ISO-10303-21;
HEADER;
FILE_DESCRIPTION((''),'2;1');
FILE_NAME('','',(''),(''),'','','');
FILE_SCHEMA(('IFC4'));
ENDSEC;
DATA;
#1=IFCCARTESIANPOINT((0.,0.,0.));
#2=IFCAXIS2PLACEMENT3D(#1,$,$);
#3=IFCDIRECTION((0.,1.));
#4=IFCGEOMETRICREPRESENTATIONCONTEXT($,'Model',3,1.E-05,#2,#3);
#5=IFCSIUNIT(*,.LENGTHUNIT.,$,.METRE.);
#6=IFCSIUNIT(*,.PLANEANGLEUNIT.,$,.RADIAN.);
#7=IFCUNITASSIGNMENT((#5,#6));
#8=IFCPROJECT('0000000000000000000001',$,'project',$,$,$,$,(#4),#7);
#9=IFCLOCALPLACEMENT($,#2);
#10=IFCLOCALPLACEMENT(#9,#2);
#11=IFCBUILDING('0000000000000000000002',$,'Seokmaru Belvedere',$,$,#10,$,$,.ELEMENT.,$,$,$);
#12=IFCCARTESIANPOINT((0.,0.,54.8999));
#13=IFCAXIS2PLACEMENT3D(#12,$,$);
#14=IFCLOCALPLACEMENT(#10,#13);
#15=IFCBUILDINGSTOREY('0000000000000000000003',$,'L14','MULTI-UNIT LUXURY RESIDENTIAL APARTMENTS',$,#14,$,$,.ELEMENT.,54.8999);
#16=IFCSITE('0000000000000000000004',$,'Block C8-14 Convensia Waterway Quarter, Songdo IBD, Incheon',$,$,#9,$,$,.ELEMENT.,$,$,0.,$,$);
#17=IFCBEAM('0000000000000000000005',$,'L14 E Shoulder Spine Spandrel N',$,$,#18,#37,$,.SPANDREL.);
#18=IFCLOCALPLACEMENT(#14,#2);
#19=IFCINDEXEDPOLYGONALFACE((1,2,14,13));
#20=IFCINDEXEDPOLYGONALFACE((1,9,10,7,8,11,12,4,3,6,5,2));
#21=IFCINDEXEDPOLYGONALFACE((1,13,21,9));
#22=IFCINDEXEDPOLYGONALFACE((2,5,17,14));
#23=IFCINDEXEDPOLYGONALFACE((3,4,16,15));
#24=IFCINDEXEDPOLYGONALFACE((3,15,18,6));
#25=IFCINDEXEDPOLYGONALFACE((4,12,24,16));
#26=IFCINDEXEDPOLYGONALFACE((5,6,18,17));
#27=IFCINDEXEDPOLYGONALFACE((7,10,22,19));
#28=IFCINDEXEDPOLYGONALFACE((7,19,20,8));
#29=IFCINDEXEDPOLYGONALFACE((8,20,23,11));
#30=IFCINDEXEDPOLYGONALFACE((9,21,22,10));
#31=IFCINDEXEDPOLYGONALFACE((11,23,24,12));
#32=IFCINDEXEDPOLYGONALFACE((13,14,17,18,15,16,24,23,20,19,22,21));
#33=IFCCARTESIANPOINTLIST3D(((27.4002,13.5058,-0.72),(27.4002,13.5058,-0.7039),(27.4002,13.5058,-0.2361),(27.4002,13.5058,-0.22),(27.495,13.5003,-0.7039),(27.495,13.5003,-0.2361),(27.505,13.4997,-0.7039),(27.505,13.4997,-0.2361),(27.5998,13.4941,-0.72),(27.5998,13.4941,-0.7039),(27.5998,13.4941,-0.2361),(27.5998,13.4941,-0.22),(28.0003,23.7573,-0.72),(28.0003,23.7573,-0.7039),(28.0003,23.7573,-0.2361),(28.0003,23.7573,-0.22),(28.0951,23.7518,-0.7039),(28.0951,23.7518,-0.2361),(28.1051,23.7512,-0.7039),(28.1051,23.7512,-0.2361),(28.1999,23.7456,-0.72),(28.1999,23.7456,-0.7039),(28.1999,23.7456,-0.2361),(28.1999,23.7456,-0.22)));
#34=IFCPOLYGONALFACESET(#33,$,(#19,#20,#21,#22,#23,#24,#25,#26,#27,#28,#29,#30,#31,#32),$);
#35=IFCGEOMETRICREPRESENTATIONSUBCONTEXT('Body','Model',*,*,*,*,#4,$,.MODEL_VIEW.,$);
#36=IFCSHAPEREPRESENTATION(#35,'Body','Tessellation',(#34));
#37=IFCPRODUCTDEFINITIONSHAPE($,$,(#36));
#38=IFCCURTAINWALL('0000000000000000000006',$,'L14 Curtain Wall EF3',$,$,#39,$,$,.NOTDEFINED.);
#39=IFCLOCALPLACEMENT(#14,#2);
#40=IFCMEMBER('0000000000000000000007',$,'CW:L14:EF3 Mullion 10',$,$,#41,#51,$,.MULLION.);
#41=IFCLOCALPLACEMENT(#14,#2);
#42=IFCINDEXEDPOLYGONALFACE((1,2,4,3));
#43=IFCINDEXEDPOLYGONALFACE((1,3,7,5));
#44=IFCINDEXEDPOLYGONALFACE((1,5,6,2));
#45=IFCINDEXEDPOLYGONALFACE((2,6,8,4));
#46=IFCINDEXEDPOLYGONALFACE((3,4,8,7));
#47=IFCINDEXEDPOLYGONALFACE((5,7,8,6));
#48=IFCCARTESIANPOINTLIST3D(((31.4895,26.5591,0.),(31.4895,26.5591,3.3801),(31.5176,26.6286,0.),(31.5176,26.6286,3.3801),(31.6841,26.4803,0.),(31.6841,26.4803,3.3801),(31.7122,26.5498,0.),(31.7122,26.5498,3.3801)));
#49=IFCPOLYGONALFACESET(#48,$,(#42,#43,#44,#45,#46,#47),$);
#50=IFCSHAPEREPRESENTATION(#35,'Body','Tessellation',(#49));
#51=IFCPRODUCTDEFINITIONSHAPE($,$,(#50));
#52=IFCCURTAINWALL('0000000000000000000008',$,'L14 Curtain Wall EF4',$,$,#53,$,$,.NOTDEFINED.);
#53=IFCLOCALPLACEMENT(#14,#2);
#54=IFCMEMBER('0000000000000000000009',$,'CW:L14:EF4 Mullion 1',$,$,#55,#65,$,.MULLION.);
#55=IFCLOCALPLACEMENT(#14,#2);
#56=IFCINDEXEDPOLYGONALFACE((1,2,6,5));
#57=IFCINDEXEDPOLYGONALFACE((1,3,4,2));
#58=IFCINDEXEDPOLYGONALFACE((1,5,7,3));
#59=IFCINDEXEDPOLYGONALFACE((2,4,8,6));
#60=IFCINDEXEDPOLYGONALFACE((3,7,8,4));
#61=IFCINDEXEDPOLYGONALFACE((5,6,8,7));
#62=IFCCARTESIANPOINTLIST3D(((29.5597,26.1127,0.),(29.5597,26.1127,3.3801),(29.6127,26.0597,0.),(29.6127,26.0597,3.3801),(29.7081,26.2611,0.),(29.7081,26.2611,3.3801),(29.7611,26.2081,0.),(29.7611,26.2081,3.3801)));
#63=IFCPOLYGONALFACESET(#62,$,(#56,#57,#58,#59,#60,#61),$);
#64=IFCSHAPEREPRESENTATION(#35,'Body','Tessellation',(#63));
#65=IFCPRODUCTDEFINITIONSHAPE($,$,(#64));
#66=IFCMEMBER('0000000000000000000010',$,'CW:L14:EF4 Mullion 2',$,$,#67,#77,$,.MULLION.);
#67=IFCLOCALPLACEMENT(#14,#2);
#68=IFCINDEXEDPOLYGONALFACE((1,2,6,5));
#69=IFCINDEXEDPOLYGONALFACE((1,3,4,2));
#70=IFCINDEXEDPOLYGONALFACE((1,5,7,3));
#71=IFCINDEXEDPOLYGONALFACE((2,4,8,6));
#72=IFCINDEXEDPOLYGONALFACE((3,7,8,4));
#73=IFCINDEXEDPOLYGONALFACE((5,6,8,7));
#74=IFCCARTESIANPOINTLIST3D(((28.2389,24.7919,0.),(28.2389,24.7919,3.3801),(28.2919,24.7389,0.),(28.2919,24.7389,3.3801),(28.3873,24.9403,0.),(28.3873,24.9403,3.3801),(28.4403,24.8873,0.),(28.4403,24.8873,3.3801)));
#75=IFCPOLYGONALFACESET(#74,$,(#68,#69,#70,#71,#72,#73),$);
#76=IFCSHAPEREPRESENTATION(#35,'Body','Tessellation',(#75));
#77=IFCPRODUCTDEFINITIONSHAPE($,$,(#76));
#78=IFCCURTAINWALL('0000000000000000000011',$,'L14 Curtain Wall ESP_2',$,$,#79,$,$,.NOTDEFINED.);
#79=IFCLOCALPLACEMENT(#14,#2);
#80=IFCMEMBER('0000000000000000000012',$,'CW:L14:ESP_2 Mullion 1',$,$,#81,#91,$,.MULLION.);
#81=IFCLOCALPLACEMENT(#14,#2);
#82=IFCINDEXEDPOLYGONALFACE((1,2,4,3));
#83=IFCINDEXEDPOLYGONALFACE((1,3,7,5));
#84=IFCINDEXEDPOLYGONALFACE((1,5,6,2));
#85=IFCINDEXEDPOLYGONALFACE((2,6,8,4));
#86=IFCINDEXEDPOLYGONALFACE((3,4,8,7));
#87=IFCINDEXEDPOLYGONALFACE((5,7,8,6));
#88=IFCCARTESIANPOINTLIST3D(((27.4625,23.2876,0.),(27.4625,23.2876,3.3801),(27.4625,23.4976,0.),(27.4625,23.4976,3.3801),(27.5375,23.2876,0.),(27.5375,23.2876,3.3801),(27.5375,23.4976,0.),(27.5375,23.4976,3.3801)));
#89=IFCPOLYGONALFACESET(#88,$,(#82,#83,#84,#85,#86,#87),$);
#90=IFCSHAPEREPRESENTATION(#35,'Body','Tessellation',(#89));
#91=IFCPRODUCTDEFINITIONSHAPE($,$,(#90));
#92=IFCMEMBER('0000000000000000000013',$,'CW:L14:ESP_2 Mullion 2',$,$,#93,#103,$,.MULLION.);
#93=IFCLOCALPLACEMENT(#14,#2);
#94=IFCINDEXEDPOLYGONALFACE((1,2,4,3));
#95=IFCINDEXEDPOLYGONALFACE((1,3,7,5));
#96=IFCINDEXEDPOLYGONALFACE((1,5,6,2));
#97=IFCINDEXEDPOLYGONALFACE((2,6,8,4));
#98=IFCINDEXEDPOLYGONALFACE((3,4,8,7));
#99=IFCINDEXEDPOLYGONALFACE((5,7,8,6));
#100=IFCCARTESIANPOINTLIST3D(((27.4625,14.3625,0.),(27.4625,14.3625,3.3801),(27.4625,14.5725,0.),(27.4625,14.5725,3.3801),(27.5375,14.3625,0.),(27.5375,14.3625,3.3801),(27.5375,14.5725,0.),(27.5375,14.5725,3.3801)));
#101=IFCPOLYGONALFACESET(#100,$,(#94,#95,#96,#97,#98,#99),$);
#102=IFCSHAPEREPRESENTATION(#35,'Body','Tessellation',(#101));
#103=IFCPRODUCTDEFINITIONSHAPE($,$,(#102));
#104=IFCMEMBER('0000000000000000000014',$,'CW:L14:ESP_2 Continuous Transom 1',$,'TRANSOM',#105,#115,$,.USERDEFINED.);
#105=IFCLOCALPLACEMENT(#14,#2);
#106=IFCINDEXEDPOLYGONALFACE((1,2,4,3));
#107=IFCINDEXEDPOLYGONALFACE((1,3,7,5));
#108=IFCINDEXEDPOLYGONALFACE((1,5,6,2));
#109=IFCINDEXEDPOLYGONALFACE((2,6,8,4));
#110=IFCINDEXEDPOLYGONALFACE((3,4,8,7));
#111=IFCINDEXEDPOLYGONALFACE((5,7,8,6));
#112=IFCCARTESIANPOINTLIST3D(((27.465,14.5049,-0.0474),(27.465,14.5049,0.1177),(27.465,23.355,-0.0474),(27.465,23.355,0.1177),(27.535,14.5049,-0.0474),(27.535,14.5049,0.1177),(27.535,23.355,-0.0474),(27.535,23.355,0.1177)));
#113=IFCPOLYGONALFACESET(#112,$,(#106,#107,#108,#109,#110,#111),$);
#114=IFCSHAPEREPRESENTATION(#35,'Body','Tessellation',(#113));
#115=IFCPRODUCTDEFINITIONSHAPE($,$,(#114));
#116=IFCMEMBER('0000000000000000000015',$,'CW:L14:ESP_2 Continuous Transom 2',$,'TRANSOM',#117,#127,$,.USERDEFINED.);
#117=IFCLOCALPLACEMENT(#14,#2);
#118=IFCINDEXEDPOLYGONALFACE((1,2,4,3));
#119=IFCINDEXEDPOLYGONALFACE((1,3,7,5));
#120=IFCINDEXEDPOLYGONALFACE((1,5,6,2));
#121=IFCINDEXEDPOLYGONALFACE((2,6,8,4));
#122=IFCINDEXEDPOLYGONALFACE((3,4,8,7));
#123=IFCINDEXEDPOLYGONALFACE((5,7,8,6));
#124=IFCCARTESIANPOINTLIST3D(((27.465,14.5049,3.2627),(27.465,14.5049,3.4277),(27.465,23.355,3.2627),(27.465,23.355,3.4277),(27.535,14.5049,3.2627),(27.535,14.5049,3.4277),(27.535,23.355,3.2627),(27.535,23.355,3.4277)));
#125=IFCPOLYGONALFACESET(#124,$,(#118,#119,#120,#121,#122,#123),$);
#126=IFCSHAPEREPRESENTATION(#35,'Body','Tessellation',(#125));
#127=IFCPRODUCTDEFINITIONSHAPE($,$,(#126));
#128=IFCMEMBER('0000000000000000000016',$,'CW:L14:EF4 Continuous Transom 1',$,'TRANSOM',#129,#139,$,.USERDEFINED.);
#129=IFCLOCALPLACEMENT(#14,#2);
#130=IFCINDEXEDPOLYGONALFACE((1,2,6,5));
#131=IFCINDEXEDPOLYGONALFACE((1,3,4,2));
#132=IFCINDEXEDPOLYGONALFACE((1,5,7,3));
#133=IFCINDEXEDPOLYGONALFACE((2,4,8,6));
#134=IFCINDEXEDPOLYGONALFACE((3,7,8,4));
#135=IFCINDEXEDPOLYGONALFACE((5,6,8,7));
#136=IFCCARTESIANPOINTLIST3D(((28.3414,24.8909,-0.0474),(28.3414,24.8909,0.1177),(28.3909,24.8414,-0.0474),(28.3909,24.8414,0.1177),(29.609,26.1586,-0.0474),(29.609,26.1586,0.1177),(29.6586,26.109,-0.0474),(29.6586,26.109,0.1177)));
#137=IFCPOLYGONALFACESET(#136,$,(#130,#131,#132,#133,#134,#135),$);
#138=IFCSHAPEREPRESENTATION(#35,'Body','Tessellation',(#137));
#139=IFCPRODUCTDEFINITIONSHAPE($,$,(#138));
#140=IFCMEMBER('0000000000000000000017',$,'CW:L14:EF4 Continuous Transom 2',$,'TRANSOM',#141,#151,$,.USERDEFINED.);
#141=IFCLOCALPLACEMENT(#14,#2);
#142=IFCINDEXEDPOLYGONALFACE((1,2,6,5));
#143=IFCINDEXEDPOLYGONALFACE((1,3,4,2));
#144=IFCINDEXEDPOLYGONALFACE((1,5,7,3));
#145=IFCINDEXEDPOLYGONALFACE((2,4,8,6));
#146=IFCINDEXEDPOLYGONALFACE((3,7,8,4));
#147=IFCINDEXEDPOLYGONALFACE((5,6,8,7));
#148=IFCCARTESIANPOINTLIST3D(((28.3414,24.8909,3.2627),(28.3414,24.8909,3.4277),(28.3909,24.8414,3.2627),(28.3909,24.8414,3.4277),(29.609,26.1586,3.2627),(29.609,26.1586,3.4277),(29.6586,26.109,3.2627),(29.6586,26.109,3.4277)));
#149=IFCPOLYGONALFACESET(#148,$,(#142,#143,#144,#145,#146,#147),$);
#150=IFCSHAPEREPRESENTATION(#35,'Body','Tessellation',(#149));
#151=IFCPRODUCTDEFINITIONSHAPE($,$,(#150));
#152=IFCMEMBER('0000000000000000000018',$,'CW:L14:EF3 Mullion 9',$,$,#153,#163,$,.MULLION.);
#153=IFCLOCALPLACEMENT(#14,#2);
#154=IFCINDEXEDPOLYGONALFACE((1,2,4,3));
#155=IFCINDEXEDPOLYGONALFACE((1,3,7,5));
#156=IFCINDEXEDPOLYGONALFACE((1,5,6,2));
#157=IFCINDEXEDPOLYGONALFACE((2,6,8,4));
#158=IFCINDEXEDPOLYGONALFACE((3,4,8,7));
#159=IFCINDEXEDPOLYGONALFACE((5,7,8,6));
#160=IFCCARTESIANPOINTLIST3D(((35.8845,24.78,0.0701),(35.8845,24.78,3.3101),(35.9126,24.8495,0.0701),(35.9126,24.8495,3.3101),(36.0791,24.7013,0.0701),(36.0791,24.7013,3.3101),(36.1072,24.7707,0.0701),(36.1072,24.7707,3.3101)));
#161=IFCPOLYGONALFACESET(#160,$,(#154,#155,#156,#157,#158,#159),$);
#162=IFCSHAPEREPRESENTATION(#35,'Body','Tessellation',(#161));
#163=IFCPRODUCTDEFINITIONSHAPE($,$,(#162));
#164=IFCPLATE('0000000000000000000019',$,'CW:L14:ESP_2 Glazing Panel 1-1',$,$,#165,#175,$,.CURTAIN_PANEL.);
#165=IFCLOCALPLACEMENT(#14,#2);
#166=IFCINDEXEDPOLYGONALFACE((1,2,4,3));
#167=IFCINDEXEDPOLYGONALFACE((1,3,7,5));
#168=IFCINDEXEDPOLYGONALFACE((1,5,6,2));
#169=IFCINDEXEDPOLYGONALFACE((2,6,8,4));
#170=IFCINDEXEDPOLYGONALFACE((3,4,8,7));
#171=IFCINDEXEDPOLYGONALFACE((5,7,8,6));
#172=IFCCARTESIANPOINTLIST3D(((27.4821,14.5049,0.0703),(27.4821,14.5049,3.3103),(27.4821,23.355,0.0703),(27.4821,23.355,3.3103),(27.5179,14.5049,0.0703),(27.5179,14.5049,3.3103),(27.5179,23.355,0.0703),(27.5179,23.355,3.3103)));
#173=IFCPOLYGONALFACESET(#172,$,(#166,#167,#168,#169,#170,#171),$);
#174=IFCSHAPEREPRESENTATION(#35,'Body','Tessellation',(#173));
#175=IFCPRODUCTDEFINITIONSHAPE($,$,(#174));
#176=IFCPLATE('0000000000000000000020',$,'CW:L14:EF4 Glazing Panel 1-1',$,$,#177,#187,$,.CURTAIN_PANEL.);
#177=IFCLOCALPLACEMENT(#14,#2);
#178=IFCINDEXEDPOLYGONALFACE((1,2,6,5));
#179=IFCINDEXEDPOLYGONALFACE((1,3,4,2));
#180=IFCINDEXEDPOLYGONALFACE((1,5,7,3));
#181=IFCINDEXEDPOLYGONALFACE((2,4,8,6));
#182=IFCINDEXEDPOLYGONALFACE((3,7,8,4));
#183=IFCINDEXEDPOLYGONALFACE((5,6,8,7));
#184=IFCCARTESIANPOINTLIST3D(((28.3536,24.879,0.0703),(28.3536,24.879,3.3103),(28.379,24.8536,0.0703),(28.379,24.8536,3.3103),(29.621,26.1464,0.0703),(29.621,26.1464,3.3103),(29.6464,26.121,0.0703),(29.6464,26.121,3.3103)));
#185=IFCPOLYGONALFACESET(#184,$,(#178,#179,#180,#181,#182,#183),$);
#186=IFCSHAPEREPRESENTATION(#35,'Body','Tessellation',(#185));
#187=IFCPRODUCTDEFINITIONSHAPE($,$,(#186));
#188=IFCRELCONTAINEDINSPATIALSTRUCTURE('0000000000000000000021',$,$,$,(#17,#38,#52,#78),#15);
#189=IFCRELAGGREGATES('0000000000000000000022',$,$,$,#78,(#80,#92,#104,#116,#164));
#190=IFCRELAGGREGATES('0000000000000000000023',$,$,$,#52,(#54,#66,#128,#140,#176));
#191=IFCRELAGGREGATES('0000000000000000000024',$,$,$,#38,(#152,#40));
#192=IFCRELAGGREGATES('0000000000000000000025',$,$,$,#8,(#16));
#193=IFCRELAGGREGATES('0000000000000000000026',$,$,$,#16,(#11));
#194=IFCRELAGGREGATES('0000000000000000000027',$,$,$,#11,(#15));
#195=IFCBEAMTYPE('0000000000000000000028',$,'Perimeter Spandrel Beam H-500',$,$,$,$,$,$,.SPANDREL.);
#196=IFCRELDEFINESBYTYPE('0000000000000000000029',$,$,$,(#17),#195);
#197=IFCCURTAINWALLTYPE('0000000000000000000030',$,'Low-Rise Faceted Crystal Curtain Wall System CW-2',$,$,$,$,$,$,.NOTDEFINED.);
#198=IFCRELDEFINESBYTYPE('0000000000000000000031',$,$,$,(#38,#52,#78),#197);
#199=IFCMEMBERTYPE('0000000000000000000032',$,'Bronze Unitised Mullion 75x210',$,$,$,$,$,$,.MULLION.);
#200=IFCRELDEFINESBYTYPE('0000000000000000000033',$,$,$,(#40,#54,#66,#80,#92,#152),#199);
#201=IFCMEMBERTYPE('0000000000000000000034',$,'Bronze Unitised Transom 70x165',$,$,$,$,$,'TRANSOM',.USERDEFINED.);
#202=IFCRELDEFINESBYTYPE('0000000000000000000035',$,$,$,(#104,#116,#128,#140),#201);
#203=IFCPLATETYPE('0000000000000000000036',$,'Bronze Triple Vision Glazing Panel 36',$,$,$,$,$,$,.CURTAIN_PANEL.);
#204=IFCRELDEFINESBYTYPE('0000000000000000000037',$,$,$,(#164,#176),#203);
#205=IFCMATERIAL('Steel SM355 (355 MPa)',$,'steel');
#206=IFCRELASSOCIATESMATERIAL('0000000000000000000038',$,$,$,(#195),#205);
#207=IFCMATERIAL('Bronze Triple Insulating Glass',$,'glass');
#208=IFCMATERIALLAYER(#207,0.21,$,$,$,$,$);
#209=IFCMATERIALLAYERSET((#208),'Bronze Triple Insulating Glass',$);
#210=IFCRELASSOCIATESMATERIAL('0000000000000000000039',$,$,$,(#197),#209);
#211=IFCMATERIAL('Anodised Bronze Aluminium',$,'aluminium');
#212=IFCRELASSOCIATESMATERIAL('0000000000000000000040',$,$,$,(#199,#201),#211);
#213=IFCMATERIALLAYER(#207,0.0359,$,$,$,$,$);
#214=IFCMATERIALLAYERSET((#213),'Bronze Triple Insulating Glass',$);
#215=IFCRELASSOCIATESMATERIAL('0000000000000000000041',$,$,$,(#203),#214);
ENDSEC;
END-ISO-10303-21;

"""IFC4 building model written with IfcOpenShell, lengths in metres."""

from ifc_helpers import new_model, si_unit, direction, frame, origin, origin_2d, place, context, subcontext, project, spatial, rectangle, i_section, extrude, source, transform, mapped, material, layer, layer_set, material_profile, profile_set, type_object, type_shapes, element, aggregate, save


model = new_model("IFC4")

# Units and contexts
model_context = context("Model", 3, precision=1e-05, world=origin(), true_north=direction((0.0, 1.0)))
body_context = subcontext(model_context, "Body", "Model", "MODEL_VIEW")
ifc_project = project(units=[si_unit("LENGTHUNIT", "METRE"), si_unit("PLANEANGLEUNIT", "RADIAN")], contexts=[model_context])

# Site, building, storey
site_placement = place(None, origin())
site = spatial("IfcSite", under=ifc_project, at=site_placement, Name="Block C8-14 Convensia Waterway Quarter, Songdo IBD, Incheon", CompositionType="ELEMENT", RefElevation=0.0)
building_placement = place(site_placement, origin())
building = spatial("IfcBuilding", under=site, at=building_placement, Name="Seokmaru Belvedere", CompositionType="ELEMENT")
storey_placement = place(building_placement, frame((0.0, 0.0, 54.8999)))
storey = spatial("IfcBuildingStorey", under=building, at=storey_placement, Name="L14", Description="MULTI-UNIT LUXURY RESIDENTIAL APARTMENTS", CompositionType="ELEMENT", Elevation=54.8999)

# Shared definitions
ifc_material_1 = material(Name="Steel SM355 (355 MPa)", Category="steel")

# Beam
ifc_material_profile_1 = material_profile(ifc_material_1, i_section(OverallWidth=0.2, OverallDepth=0.5, WebThickness=0.01, FlangeThickness=0.0161, at=origin_2d()), Name="H-500x200x10x16")
ifc_profile_set_1 = profile_set([ifc_material_profile_1], Name="Steel SM355 (355 MPa)")
beam_type_1 = type_object("IfcBeamType", Name="Perimeter Spandrel Beam H-500", PredefinedType="SPANDREL", material=ifc_profile_set_1)
shared_shape_1 = source(origin(), body_context, "Body", "SweptSolid", [
    extrude(i_section(OverallWidth=0.2, OverallDepth=0.5, WebThickness=0.01, FlangeThickness=0.0161, at=origin_2d()), origin(), (0.0, 0.0, 1.0), 10.269),
])
beam_1_placement = place(storey_placement, frame((28.1001, 23.7515, -0.47), z_axis=(-0.058438, -0.998291, 0.0), x_axis=(0.998291, -0.058438, 0.0)))
element("IfcBeam", 1, at=beam_1_placement, inside=storey, type_object=beam_type_1, Name="L14 E Shoulder Spine Spandrel N", PredefinedType="SPANDREL", context=body_context, shape_type="MappedRepresentation", body=[
    mapped(shared_shape_1, transform((0.0, 0.0, 0.0), scale=1.0)),
])

# Curtain wall, member
ifc_material_2 = material(Name="Bronze Triple Insulating Glass", Category="glass")
ifc_layer_1 = layer(ifc_material_2, 0.21)
ifc_layer_set_1 = layer_set([ifc_layer_1], Name="Bronze Triple Insulating Glass")
curtain_wall_type = type_object("IfcCurtainWallType", Name="Low-Rise Faceted Crystal Curtain Wall System CW-2", PredefinedType="NOTDEFINED", material=ifc_layer_set_1)
curtain_wall_1_placement = place(storey_placement, origin())
curtain_wall_1 = element("IfcCurtainWall", 2, at=curtain_wall_1_placement, inside=storey, type_object=curtain_wall_type, Name="L14 Curtain Wall EF3", PredefinedType="NOTDEFINED")
ifc_material_3 = material(Name="Anodised Bronze Aluminium", Category="aluminium")
ifc_material_profile_2 = material_profile(ifc_material_3, rectangle(XDim=0.075, YDim=0.21, at=origin_2d()), Name="CW-M-75x210")
ifc_profile_set_2 = profile_set([ifc_material_profile_2], Name="Anodised Bronze Aluminium")
member_type_1 = type_object("IfcMemberType", Name="Bronze Unitised Mullion 75x210", PredefinedType="MULLION", material=ifc_profile_set_2)
shared_shape_2 = source(origin(), body_context, "Body", "SweptSolid", [
    extrude(rectangle(XDim=0.075, YDim=0.21, at=origin_2d()), origin(), (0.0, 0.0, 1.0), 3.3801),
])
member_1_placement = place(storey_placement, frame((31.6008, 26.5544, 0.0), z_axis=(0.0, 0.0, 1.0), x_axis=(-0.375192, -0.926947, 0.0)))
member_1 = element("IfcMember", 3, at=member_1_placement, type_object=member_type_1, Name="CW:L14:EF3 Mullion 10", PredefinedType="MULLION", context=body_context, shape_type="MappedRepresentation", body=[
    mapped(shared_shape_2, transform((0.0, 0.0, 0.0), scale=1.0)),
])

# Curtain walls, members
curtain_wall_2_placement = place(storey_placement, origin())
curtain_wall_2 = element("IfcCurtainWall", 4, at=curtain_wall_2_placement, inside=storey, type_object=curtain_wall_type, Name="L14 Curtain Wall EF4", PredefinedType="NOTDEFINED")
member_2_placement = place(storey_placement, frame((29.6604, 26.1604, 0.0), z_axis=(0.0, 0.0, 1.0), x_axis=(0.707107, -0.707107, 0.0)))
member_2 = element("IfcMember", 5, at=member_2_placement, type_object=member_type_1, Name="CW:L14:EF4 Mullion 1", PredefinedType="MULLION", context=body_context, shape_type="MappedRepresentation", body=[
    mapped(shared_shape_2, transform((0.0, 0.0, 0.0), scale=1.0)),
])
member_3_placement = place(storey_placement, frame((28.3396, 24.8396, 0.0), z_axis=(0.0, 0.0, 1.0), x_axis=(0.707107, -0.707107, 0.0)))
member_3 = element("IfcMember", 6, at=member_3_placement, type_object=member_type_1, Name="CW:L14:EF4 Mullion 2", PredefinedType="MULLION", context=body_context, shape_type="MappedRepresentation", body=[
    mapped(shared_shape_2, transform((0.0, 0.0, 0.0), scale=1.0)),
])
curtain_wall_3_placement = place(storey_placement, origin())
curtain_wall_3 = element("IfcCurtainWall", 7, at=curtain_wall_3_placement, inside=storey, type_object=curtain_wall_type, Name="L14 Curtain Wall ESP_2", PredefinedType="NOTDEFINED")
member_4_placement = place(storey_placement, frame((27.5, 23.3926, 0.0), z_axis=(0.0, 0.0, 1.0), x_axis=(1.0, 0.0, 0.0)))
member_4 = element("IfcMember", 8, at=member_4_placement, type_object=member_type_1, Name="CW:L14:ESP_2 Mullion 1", PredefinedType="MULLION", context=body_context, shape_type="MappedRepresentation", body=[
    mapped(shared_shape_2, transform((0.0, 0.0, 0.0), scale=1.0)),
])
member_5_placement = place(storey_placement, frame((27.5, 14.4675, 0.0), z_axis=(0.0, 0.0, 1.0), x_axis=(1.0, 0.0, 0.0)))
member_5 = element("IfcMember", 9, at=member_5_placement, type_object=member_type_1, Name="CW:L14:ESP_2 Mullion 2", PredefinedType="MULLION", context=body_context, shape_type="MappedRepresentation", body=[
    mapped(shared_shape_2, transform((0.0, 0.0, 0.0), scale=1.0)),
])
ifc_material_profile_3 = material_profile(ifc_material_3, rectangle(XDim=0.0701, YDim=0.165, at=origin_2d()), Name="CW-T-70x165")
ifc_profile_set_3 = profile_set([ifc_material_profile_3], Name="Anodised Bronze Aluminium")
member_type_2 = type_object("IfcMemberType", Name="Bronze Unitised Transom 70x165", ElementType="TRANSOM", PredefinedType="USERDEFINED", material=ifc_profile_set_3)
shared_shape_3 = source(origin(), body_context, "Body", "SweptSolid", [
    extrude(rectangle(XDim=0.0701, YDim=0.165, at=origin_2d()), origin(), (0.0, 0.0, 1.0), 8.8501),
])
member_6_placement = place(storey_placement, frame((27.5, 23.355, 0.0352), z_axis=(0.0, -1.0, 0.0), x_axis=(1.0, 0.0, 0.0)))
member_6 = element("IfcMember", 10, at=member_6_placement, type_object=member_type_2, Name="CW:L14:ESP_2 Continuous Transom 1", ObjectType="TRANSOM", PredefinedType="USERDEFINED", context=body_context, shape_type="MappedRepresentation", body=[
    mapped(shared_shape_3, transform((0.0, 0.0, 0.0), scale=1.0)),
])
member_7_placement = place(storey_placement, frame((27.5, 23.355, 3.3452), z_axis=(0.0, -1.0, 0.0), x_axis=(1.0, 0.0, 0.0)))
member_7 = element("IfcMember", 11, at=member_7_placement, type_object=member_type_2, Name="CW:L14:ESP_2 Continuous Transom 2", ObjectType="TRANSOM", PredefinedType="USERDEFINED", context=body_context, shape_type="MappedRepresentation", body=[
    mapped(shared_shape_3, transform((0.0, 0.0, 0.0), scale=1.0)),
])

# Members
shared_shape_4 = source(origin(), body_context, "Body", "SweptSolid", [
    extrude(rectangle(XDim=0.0701, YDim=0.165, at=origin_2d()), origin(), (0.0, 0.0, 1.0), 1.7927),
])
type_shapes(member_type_2, [shared_shape_3, shared_shape_4])
member_8_placement = place(storey_placement, frame((29.6338, 26.1338, 0.0352), z_axis=(-0.707107, -0.707107, 0.0), x_axis=(0.707107, -0.707107, 0.0)))
member_8 = element("IfcMember", 12, at=member_8_placement, type_object=member_type_2, Name="CW:L14:EF4 Continuous Transom 1", ObjectType="TRANSOM", PredefinedType="USERDEFINED", context=body_context, shape_type="MappedRepresentation", body=[
    mapped(shared_shape_4, transform((0.0, 0.0, 0.0), scale=1.0)),
])
member_9_placement = place(storey_placement, frame((29.6338, 26.1338, 3.3452), z_axis=(-0.707107, -0.707107, 0.0), x_axis=(0.707107, -0.707107, 0.0)))
member_9 = element("IfcMember", 13, at=member_9_placement, type_object=member_type_2, Name="CW:L14:EF4 Continuous Transom 2", ObjectType="TRANSOM", PredefinedType="USERDEFINED", context=body_context, shape_type="MappedRepresentation", body=[
    mapped(shared_shape_4, transform((0.0, 0.0, 0.0), scale=1.0)),
])
shared_shape_5 = source(origin(), body_context, "Body", "SweptSolid", [
    extrude(rectangle(XDim=0.075, YDim=0.21, at=origin_2d()), origin(), (0.0, 0.0, 1.0), 3.24),
])
type_shapes(member_type_1, [shared_shape_2, shared_shape_5])
member_10_placement = place(storey_placement, frame((35.9958, 24.7754, 0.0701), z_axis=(0.0, 0.0, 1.0), x_axis=(-0.375192, -0.926947, 0.0)))
member_10 = element("IfcMember", 14, at=member_10_placement, type_object=member_type_1, Name="CW:L14:EF3 Mullion 9", PredefinedType="MULLION", context=body_context, shape_type="MappedRepresentation", body=[
    mapped(shared_shape_5, transform((0.0, 0.0, 0.0), scale=1.0)),
])

# Plates
ifc_layer_2 = layer(ifc_material_2, 0.0359)
ifc_layer_set_2 = layer_set([ifc_layer_2], Name="Bronze Triple Insulating Glass")
plate_type = type_object("IfcPlateType", Name="Bronze Triple Vision Glazing Panel 36", PredefinedType="CURTAIN_PANEL", material=ifc_layer_set_2)
shared_shape_6 = source(origin(), body_context, "Body", "SweptSolid", [
    extrude(rectangle(XDim=8.8501, YDim=0.0359, at=origin_2d()), origin(), (0.0, 0.0, 1.0), 3.24),
])
plate_1_placement = place(storey_placement, frame((27.5, 18.9299, 0.0703), z_axis=(0.0, 0.0, 1.0), x_axis=(0.0, -1.0, 0.0)))
plate_1 = element("IfcPlate", 15, at=plate_1_placement, type_object=plate_type, Name="CW:L14:ESP_2 Glazing Panel 1-1", PredefinedType="CURTAIN_PANEL", context=body_context, shape_type="MappedRepresentation", body=[
    mapped(shared_shape_6, transform((0.0, 0.0, 0.0), scale=1.0)),
])
aggregate(curtain_wall_3, [member_4, member_5, member_6, member_7, plate_1])
shared_shape_7 = source(origin(), body_context, "Body", "SweptSolid", [
    extrude(rectangle(XDim=1.7925, YDim=0.0359, at=origin_2d()), origin(), (0.0, 0.0, 1.0), 3.24),
])
plate_2_placement = place(storey_placement, frame((29.0, 25.5, 0.0703), z_axis=(0.0, 0.0, 1.0), x_axis=(-0.707107, -0.707107, 0.0)))
plate_2 = element("IfcPlate", 16, at=plate_2_placement, type_object=plate_type, Name="CW:L14:EF4 Glazing Panel 1-1", PredefinedType="CURTAIN_PANEL", context=body_context, shape_type="MappedRepresentation", body=[
    mapped(shared_shape_7, transform((0.0, 0.0, 0.0), scale=1.0)),
])
aggregate(curtain_wall_2, [member_2, member_3, member_8, member_9, plate_2])
aggregate(curtain_wall_1, [member_10, member_1])

save(model, "model.ifc")
